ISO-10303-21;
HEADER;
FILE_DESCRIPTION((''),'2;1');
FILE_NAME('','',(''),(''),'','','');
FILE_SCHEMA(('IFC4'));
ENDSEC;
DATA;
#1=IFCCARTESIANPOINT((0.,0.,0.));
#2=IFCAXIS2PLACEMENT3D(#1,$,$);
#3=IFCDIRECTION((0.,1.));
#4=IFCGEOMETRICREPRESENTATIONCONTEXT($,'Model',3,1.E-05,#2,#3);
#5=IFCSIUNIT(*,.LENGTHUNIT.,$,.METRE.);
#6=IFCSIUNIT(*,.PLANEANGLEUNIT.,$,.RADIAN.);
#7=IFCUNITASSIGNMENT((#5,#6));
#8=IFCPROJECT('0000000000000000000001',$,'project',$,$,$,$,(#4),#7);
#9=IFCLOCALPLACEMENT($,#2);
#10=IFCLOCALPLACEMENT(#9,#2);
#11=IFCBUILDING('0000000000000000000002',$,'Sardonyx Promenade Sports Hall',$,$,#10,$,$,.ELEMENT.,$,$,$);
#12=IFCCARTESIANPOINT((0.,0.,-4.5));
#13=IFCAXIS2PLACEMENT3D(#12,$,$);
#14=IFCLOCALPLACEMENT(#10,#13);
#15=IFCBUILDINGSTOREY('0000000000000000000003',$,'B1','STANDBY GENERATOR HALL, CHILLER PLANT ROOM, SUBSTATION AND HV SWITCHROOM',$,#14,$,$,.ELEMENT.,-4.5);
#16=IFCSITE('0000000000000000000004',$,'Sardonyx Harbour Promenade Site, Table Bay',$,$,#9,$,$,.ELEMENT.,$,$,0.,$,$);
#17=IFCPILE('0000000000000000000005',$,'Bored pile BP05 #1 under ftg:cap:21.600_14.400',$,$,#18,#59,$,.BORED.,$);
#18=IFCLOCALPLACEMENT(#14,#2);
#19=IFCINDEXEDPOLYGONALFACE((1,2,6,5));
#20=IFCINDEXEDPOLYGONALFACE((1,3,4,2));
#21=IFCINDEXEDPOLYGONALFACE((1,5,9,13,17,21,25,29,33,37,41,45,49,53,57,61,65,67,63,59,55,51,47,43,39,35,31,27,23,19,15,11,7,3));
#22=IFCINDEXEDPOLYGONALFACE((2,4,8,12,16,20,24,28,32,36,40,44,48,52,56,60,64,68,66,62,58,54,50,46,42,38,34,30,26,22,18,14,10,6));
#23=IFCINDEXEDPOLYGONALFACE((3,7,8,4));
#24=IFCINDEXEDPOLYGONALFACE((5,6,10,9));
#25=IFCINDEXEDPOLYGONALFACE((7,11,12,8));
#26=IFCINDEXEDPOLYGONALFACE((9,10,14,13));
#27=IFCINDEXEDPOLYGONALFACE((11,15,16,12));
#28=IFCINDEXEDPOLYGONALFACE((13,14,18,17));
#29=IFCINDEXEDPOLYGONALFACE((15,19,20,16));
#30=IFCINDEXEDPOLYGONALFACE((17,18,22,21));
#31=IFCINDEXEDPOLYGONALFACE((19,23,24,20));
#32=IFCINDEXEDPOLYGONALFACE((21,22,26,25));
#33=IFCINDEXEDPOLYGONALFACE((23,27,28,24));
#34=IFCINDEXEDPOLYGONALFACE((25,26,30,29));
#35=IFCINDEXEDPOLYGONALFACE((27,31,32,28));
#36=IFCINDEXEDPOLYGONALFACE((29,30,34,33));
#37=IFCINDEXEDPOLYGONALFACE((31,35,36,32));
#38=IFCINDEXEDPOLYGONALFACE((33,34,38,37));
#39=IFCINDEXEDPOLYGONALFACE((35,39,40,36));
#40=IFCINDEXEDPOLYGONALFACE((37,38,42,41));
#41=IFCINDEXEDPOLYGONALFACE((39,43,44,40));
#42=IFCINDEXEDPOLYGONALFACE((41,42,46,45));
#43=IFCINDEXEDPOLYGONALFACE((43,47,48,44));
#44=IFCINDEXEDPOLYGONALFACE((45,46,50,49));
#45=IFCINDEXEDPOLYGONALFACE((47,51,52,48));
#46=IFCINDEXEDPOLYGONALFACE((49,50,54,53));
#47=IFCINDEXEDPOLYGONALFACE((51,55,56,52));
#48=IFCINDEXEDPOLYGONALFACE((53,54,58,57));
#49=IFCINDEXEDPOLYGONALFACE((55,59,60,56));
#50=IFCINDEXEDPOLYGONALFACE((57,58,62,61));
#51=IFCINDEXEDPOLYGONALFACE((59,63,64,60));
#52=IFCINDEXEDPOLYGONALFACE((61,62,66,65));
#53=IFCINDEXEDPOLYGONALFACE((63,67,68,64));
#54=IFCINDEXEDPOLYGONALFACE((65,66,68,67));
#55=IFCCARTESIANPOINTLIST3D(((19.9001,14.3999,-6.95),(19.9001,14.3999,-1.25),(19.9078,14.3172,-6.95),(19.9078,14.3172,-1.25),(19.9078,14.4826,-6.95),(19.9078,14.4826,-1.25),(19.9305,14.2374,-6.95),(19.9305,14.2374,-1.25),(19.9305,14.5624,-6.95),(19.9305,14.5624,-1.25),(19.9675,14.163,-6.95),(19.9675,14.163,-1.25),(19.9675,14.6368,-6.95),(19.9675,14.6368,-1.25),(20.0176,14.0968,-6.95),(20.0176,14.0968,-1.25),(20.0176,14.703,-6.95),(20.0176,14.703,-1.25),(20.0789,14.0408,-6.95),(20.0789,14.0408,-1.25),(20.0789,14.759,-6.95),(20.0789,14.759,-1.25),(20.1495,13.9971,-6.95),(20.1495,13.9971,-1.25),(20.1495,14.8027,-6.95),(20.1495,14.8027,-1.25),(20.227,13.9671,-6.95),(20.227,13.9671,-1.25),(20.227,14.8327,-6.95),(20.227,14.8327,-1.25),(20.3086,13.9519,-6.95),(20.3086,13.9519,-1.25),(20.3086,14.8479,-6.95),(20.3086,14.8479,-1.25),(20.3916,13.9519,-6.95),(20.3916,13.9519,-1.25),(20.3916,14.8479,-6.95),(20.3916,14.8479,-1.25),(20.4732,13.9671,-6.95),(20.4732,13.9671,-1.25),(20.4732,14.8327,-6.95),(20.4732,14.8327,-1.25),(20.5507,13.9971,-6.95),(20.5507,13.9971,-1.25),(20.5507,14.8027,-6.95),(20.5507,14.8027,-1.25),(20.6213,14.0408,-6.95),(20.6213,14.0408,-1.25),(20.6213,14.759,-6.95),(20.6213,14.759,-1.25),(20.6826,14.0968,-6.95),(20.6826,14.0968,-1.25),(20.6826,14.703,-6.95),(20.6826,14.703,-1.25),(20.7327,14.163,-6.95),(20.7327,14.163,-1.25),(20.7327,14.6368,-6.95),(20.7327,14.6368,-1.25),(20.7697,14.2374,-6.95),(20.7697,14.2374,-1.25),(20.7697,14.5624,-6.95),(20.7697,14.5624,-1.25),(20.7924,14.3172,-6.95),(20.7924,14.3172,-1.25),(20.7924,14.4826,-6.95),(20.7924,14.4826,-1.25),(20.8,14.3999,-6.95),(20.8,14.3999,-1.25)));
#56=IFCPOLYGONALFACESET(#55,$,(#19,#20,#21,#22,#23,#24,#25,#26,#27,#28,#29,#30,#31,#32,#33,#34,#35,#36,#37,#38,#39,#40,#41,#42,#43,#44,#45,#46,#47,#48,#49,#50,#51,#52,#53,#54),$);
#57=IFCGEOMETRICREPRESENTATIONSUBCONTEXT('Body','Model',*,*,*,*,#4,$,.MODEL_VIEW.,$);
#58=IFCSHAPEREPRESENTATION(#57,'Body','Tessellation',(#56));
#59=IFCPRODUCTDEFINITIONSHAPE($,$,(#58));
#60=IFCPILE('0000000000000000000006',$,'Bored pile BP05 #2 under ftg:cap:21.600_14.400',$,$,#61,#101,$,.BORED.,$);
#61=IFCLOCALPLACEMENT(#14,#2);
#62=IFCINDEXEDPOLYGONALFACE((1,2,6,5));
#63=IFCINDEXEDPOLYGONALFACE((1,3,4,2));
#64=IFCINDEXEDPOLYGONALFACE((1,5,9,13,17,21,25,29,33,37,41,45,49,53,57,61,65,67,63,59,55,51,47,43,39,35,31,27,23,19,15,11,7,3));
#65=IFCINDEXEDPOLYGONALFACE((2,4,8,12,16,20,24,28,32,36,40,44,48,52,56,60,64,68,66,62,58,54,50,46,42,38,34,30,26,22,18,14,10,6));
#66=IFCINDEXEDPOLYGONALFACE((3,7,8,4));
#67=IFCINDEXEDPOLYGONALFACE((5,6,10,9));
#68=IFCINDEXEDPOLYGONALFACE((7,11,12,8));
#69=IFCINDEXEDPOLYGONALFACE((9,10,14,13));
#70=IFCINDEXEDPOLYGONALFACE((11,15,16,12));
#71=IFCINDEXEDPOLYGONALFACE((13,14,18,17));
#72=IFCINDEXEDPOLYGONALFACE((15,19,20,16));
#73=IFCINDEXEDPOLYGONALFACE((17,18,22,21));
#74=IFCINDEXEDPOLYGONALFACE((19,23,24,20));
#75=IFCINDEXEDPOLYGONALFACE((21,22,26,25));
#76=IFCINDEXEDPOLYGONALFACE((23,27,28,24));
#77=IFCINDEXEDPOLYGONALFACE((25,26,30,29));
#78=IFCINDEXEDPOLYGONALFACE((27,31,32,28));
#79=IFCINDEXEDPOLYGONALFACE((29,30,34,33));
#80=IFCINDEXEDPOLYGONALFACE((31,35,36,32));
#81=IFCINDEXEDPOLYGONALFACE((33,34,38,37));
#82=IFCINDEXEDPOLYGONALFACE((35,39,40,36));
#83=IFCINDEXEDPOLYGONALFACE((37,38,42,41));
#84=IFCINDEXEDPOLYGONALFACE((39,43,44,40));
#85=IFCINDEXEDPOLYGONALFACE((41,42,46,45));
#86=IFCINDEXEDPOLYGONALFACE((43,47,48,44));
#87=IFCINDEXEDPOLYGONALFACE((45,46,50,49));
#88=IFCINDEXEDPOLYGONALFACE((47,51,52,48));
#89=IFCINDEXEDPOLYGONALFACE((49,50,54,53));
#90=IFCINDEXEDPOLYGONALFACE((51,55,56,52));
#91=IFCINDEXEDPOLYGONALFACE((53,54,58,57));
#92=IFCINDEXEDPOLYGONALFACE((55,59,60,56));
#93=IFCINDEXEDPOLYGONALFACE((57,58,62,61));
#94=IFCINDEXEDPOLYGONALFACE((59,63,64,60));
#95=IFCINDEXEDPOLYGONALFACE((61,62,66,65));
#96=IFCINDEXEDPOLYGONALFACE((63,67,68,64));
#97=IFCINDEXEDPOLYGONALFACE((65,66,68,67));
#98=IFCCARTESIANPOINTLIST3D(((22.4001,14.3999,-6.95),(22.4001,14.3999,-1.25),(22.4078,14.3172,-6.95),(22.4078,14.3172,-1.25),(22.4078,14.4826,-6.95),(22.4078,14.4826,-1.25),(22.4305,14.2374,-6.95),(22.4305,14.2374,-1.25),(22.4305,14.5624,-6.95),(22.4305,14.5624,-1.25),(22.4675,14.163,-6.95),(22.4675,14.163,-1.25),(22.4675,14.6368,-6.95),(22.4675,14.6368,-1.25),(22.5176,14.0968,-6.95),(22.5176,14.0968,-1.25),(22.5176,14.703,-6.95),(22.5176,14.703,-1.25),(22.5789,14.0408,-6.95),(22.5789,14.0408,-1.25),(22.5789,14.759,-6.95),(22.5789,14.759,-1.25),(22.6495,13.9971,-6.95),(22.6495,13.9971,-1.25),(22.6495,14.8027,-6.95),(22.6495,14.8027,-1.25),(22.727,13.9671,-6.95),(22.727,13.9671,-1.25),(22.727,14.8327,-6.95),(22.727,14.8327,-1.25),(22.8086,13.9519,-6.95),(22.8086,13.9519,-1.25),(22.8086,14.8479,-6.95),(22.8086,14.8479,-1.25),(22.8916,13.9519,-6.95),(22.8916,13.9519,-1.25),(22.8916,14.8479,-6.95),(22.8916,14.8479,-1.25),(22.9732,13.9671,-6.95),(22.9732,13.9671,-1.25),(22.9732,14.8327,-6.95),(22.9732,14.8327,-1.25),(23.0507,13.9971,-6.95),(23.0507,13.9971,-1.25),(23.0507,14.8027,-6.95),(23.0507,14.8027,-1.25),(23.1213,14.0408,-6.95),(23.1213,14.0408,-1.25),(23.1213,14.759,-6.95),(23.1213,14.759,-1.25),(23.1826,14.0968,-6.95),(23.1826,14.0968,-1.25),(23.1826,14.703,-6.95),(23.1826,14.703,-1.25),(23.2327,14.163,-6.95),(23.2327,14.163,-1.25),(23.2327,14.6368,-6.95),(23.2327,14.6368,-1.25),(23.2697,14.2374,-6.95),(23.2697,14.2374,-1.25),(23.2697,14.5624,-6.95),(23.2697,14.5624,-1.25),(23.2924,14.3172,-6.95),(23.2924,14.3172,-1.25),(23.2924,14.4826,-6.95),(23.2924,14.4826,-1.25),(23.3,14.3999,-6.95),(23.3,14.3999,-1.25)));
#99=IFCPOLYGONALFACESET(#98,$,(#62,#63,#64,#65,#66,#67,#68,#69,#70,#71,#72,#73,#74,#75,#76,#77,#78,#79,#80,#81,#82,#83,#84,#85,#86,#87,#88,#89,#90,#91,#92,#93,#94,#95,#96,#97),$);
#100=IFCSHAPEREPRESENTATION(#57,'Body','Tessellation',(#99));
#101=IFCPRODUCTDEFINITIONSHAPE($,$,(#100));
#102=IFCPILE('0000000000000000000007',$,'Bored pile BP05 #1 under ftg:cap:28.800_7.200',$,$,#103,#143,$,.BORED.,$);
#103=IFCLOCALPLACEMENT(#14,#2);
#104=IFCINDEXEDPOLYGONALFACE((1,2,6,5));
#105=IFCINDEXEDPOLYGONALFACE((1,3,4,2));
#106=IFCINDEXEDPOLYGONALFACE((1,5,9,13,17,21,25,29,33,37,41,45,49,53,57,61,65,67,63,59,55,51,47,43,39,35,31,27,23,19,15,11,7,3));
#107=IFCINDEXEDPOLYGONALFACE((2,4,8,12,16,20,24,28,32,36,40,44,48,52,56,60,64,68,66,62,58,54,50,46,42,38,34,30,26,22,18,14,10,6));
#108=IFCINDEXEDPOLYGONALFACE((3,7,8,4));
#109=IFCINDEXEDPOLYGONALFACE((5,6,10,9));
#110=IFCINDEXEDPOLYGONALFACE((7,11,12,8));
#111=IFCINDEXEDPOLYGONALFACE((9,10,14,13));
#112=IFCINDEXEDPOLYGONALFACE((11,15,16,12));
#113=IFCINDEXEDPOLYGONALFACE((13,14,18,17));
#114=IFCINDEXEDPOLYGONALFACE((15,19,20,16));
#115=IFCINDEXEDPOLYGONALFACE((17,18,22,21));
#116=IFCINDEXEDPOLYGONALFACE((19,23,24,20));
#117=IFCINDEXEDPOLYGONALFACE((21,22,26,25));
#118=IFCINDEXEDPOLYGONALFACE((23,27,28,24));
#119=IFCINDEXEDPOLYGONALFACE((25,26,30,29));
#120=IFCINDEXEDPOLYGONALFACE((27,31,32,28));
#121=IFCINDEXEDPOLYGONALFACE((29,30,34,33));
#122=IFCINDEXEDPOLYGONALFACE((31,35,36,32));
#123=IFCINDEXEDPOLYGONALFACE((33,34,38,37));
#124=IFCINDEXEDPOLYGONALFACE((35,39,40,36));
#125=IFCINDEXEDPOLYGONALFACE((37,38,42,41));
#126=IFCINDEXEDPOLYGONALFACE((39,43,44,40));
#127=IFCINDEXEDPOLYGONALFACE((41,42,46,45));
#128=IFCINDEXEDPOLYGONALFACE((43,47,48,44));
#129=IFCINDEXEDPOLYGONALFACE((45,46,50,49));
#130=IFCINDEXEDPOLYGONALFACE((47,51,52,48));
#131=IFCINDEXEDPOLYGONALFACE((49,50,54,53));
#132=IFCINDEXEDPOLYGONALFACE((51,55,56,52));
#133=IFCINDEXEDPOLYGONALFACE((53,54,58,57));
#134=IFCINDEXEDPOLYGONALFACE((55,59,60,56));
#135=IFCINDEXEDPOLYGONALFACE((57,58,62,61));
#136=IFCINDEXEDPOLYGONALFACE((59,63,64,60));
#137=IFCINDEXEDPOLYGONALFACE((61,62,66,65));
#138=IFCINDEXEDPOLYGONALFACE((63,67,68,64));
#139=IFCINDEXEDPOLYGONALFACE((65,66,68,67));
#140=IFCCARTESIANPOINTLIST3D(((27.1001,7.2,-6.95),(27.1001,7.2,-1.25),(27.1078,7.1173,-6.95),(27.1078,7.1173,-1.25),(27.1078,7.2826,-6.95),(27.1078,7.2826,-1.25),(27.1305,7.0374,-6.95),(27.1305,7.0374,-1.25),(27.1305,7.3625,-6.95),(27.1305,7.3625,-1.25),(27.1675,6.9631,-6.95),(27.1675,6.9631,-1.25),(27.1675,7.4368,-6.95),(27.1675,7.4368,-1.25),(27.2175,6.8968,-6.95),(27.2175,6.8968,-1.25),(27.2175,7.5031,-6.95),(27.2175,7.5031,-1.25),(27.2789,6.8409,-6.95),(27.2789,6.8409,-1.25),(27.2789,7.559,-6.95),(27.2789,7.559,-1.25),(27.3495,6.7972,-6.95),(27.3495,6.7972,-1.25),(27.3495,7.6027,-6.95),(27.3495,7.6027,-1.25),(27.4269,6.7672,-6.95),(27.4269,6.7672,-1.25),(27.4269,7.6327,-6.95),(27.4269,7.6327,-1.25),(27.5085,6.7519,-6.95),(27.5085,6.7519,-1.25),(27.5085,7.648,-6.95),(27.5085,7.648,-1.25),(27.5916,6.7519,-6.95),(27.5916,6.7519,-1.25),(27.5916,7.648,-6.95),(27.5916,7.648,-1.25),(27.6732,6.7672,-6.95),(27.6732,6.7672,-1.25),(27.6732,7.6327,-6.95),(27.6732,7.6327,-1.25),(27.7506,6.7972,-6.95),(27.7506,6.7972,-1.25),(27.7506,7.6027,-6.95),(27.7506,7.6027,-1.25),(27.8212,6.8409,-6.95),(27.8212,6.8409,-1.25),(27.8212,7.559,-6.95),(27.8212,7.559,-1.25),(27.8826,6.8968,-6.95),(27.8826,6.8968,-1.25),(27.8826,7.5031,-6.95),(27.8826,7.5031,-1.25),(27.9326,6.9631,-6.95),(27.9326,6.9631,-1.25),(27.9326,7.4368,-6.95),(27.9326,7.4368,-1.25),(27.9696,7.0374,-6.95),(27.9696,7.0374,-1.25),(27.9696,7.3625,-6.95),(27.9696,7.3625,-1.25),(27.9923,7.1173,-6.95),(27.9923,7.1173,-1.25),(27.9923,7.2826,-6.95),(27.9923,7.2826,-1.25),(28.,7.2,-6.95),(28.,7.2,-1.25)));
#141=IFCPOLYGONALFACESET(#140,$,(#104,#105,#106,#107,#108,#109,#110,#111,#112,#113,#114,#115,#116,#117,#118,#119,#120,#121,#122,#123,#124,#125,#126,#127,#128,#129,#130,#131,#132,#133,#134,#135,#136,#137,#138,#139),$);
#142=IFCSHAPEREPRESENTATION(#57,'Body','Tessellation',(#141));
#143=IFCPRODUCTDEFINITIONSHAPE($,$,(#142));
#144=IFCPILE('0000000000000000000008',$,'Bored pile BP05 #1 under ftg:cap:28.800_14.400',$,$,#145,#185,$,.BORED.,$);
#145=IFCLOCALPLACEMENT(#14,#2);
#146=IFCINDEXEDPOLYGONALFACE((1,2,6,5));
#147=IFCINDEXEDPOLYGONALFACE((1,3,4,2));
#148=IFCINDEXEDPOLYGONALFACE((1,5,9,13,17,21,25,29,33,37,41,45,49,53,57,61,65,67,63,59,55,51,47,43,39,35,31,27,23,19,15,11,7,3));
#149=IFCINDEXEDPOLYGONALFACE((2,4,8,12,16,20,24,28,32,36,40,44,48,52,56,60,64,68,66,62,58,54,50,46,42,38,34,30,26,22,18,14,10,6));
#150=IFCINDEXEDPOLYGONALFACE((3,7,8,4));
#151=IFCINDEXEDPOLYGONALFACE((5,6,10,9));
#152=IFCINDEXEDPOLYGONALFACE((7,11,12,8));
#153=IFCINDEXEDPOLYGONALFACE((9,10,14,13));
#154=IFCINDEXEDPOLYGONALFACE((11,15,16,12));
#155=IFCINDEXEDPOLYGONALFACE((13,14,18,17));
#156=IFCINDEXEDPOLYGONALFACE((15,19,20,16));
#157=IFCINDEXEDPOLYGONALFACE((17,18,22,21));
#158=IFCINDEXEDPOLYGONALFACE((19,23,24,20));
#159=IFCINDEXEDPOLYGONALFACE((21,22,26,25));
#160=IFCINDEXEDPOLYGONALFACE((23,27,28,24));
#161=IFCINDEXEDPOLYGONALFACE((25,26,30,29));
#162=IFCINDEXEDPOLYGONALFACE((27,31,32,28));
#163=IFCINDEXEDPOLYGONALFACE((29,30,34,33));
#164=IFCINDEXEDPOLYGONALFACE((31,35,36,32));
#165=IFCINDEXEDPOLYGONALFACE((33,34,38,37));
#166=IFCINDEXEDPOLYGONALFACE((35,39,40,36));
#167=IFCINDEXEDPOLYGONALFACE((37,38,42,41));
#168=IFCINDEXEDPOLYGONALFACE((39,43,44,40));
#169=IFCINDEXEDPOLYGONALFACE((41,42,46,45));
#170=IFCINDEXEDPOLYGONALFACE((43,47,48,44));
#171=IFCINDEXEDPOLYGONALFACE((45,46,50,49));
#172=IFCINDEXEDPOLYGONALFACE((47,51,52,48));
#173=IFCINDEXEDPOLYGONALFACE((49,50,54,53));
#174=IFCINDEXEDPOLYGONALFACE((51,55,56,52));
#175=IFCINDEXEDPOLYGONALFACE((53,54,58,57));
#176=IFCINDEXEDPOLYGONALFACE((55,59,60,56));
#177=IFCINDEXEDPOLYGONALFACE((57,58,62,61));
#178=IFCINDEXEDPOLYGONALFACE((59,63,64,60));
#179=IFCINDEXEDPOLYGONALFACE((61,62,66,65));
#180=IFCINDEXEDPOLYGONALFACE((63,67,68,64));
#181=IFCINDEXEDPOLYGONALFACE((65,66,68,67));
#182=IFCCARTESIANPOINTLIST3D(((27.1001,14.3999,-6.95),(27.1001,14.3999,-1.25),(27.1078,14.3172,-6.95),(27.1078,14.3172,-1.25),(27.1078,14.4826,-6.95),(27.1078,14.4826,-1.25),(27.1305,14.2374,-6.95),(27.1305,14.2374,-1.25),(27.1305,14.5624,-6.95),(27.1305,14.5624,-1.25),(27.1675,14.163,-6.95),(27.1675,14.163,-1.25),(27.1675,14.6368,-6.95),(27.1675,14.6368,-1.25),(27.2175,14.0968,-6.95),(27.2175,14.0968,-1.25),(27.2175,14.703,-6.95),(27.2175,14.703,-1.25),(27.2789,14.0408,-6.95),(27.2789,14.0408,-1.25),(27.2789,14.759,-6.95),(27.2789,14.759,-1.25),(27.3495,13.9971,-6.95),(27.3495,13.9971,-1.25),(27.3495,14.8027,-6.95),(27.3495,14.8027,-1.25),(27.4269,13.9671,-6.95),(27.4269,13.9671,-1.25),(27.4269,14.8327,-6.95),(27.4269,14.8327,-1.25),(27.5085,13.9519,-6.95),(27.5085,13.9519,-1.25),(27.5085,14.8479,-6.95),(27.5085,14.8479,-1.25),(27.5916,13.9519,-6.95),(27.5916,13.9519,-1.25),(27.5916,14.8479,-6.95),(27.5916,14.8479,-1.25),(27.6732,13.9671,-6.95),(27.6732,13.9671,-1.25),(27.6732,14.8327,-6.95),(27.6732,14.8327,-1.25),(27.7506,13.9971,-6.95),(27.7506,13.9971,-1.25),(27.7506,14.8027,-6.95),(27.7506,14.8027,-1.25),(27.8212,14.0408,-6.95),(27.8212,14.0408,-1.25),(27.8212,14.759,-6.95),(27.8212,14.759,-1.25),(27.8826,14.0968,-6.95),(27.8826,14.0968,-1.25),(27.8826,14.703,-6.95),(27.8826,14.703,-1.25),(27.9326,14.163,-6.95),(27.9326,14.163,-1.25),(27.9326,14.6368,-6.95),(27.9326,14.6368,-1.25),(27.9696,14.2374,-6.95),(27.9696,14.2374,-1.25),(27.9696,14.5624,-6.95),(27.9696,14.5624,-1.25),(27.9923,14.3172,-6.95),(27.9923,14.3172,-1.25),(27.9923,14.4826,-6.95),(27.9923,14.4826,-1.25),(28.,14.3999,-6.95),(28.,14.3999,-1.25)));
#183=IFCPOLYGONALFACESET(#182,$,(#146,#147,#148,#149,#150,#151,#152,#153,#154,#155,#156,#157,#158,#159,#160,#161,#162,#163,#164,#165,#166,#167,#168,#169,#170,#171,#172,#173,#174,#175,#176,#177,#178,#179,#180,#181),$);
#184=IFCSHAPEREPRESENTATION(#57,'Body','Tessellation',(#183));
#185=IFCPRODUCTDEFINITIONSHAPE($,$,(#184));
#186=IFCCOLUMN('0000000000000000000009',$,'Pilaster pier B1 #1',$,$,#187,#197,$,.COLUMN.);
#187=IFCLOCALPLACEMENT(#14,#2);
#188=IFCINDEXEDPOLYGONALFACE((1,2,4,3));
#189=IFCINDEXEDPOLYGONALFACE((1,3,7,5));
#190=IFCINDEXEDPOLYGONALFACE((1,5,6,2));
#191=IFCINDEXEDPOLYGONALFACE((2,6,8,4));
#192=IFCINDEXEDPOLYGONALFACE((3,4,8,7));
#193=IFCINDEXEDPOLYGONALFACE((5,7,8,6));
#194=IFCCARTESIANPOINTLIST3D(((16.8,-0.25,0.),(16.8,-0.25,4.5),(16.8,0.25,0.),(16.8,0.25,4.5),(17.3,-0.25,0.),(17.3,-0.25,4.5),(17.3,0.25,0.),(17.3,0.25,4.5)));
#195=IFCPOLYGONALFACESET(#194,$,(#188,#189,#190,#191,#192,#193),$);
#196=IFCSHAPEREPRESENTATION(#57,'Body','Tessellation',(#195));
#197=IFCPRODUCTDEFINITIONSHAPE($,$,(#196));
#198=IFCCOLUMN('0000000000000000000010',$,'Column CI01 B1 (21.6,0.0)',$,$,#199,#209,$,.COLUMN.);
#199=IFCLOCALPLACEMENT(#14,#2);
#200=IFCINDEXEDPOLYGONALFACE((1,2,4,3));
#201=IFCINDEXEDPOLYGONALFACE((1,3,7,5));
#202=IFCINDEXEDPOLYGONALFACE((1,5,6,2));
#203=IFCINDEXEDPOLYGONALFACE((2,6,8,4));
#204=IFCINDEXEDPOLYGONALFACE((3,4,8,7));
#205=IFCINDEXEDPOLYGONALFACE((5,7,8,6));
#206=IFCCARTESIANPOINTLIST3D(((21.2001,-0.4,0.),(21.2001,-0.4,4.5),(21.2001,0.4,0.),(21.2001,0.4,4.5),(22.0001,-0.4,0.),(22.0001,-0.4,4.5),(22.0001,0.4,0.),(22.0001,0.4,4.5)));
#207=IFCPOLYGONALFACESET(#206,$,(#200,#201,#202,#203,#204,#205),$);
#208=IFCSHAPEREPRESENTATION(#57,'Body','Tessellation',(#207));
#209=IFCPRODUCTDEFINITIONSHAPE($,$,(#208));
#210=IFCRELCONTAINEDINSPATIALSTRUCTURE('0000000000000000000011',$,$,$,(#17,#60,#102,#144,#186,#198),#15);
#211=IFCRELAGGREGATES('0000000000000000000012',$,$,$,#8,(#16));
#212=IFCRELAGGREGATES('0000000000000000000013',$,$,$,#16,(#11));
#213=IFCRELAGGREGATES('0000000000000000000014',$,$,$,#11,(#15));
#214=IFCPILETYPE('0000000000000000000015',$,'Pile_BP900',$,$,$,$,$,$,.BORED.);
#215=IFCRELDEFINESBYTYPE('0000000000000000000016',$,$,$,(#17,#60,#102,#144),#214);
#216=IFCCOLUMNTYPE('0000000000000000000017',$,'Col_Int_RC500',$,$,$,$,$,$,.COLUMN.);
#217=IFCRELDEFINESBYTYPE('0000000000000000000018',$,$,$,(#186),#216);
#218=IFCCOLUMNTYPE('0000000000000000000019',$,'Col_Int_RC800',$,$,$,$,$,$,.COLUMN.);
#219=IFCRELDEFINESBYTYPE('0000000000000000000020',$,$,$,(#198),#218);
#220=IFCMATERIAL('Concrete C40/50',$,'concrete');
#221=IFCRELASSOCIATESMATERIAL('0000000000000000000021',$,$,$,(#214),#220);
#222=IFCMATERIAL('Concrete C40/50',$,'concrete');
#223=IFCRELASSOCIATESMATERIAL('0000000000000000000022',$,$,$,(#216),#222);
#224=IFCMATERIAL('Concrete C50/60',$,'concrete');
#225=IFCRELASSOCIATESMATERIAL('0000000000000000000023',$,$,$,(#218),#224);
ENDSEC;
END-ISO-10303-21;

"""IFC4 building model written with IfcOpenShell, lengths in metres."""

from ifc_helpers import new_model, si_unit, direction, frame, origin, origin_2d, place, context, subcontext, project, spatial, rectangle, circle, extrude, material, material_profile, profile_set, type_object, element, save


model = new_model("IFC4")

# Units and contexts
model_context = context("Model", 3, precision=1e-05, world=origin(), true_north=direction((0.0, 1.0)))
body_context = subcontext(model_context, "Body", "Model", "MODEL_VIEW")
ifc_project = project(units=[si_unit("LENGTHUNIT", "METRE"), si_unit("PLANEANGLEUNIT", "RADIAN")], contexts=[model_context])

# Site, building, storey
site_placement = place(None, origin())
site = spatial("IfcSite", under=ifc_project, at=site_placement, Name="Sardonyx Harbour Promenade Site, Table Bay", CompositionType="ELEMENT", RefElevation=0.0)
building_placement = place(site_placement, origin())
building = spatial("IfcBuilding", under=site, at=building_placement, Name="Sardonyx Promenade Sports Hall", CompositionType="ELEMENT")
storey_placement = place(building_placement, frame((0.0, 0.0, -4.5)))
storey = spatial("IfcBuildingStorey", under=building, at=storey_placement, Name="B1", Description="STANDBY GENERATOR HALL, CHILLER PLANT ROOM, SUBSTATION AND HV SWITCHROOM", CompositionType="ELEMENT", Elevation=-4.5)

# Piles
ifc_material_1 = material(Name="Concrete C40/50", Category="concrete")
ifc_material_profile_1 = material_profile(ifc_material_1, circle(Radius=0.45, at=origin_2d()))
ifc_profile_set_1 = profile_set([ifc_material_profile_1], Name="Concrete C40/50")
pile_type_1 = type_object("IfcPileType", Name="Pile_BP900", PredefinedType="BORED", material=ifc_profile_set_1)
for number, where, z_axis, x_axis, name in (
    (1, (20.3501, 14.3999, -1.25), (0.0, 0.0, -1.0), (1.0, 0.0, 0.0), "Bored pile BP05 #1 under ftg:cap:21.600_14.400"),
    (2, (22.8501, 14.3999, -1.25), (0.0, 0.0, -1.0), (1.0, 0.0, 0.0), "Bored pile BP05 #2 under ftg:cap:21.600_14.400"),
    (3, (27.55, 7.2, -1.25), (0.0, 0.0, -1.0), (1.0, 0.0, 0.0), "Bored pile BP05 #1 under ftg:cap:28.800_7.200"),
    (4, (27.55, 14.3999, -1.25), (0.0, 0.0, -1.0), (1.0, 0.0, 0.0), "Bored pile BP05 #1 under ftg:cap:28.800_14.400"),
):
    element("IfcPile", number, at=place(storey_placement, frame(where, z_axis=z_axis, x_axis=x_axis)), inside=storey, type_object=pile_type_1, Name=name, PredefinedType="BORED", context=body_context, shape_type="SweptSolid", body=[
        extrude(circle(Radius=0.45, at=origin_2d()), origin(), (0.0, 0.0, 1.0), 5.7),
    ])

# Columns
ifc_material_2 = material(Name="Concrete C40/50", Category="concrete")
ifc_material_profile_2 = material_profile(ifc_material_2, rectangle(XDim=0.5, YDim=0.5, at=origin_2d()))
ifc_profile_set_2 = profile_set([ifc_material_profile_2], Name="Concrete C40/50")
column_type_1 = type_object("IfcColumnType", Name="Col_Int_RC500", PredefinedType="COLUMN", material=ifc_profile_set_2)
column_placement = place(storey_placement, frame((17.05, 0.0, 0.0), z_axis=(0.0, 0.0, 1.0), x_axis=(1.0, 0.0, 0.0)))
element("IfcColumn", 5, at=column_placement, inside=storey, type_object=column_type_1, Name="Pilaster pier B1 #1", PredefinedType="COLUMN", context=body_context, shape_type="SweptSolid", body=[
    extrude(rectangle(XDim=0.5, YDim=0.5, at=origin_2d()), origin(), (0.0, 0.0, 1.0), 4.5),
])
ifc_material_3 = material(Name="Concrete C50/60", Category="concrete")
ifc_material_profile_3 = material_profile(ifc_material_3, rectangle(XDim=0.8, YDim=0.8, at=origin_2d()))
ifc_profile_set_3 = profile_set([ifc_material_profile_3], Name="Concrete C50/60")
column_type_2 = type_object("IfcColumnType", Name="Col_Int_RC800", PredefinedType="COLUMN", material=ifc_profile_set_3)
for number, where, z_axis, x_axis, name in (
    (6, (21.6001, 0.0, 0.0), (0.0, 0.0, 1.0), (1.0, 0.0, 0.0), "Column CI01 B1 (21.6,0.0)"),
):
    element("IfcColumn", number, at=place(storey_placement, frame(where, z_axis=z_axis, x_axis=x_axis)), inside=storey, type_object=column_type_2, Name=name, PredefinedType="COLUMN", context=body_context, shape_type="SweptSolid", body=[
        extrude(rectangle(XDim=0.8, YDim=0.8, at=origin_2d()), origin(), (0.0, 0.0, 1.0), 4.5),
    ])

save(model, "model.ifc")
